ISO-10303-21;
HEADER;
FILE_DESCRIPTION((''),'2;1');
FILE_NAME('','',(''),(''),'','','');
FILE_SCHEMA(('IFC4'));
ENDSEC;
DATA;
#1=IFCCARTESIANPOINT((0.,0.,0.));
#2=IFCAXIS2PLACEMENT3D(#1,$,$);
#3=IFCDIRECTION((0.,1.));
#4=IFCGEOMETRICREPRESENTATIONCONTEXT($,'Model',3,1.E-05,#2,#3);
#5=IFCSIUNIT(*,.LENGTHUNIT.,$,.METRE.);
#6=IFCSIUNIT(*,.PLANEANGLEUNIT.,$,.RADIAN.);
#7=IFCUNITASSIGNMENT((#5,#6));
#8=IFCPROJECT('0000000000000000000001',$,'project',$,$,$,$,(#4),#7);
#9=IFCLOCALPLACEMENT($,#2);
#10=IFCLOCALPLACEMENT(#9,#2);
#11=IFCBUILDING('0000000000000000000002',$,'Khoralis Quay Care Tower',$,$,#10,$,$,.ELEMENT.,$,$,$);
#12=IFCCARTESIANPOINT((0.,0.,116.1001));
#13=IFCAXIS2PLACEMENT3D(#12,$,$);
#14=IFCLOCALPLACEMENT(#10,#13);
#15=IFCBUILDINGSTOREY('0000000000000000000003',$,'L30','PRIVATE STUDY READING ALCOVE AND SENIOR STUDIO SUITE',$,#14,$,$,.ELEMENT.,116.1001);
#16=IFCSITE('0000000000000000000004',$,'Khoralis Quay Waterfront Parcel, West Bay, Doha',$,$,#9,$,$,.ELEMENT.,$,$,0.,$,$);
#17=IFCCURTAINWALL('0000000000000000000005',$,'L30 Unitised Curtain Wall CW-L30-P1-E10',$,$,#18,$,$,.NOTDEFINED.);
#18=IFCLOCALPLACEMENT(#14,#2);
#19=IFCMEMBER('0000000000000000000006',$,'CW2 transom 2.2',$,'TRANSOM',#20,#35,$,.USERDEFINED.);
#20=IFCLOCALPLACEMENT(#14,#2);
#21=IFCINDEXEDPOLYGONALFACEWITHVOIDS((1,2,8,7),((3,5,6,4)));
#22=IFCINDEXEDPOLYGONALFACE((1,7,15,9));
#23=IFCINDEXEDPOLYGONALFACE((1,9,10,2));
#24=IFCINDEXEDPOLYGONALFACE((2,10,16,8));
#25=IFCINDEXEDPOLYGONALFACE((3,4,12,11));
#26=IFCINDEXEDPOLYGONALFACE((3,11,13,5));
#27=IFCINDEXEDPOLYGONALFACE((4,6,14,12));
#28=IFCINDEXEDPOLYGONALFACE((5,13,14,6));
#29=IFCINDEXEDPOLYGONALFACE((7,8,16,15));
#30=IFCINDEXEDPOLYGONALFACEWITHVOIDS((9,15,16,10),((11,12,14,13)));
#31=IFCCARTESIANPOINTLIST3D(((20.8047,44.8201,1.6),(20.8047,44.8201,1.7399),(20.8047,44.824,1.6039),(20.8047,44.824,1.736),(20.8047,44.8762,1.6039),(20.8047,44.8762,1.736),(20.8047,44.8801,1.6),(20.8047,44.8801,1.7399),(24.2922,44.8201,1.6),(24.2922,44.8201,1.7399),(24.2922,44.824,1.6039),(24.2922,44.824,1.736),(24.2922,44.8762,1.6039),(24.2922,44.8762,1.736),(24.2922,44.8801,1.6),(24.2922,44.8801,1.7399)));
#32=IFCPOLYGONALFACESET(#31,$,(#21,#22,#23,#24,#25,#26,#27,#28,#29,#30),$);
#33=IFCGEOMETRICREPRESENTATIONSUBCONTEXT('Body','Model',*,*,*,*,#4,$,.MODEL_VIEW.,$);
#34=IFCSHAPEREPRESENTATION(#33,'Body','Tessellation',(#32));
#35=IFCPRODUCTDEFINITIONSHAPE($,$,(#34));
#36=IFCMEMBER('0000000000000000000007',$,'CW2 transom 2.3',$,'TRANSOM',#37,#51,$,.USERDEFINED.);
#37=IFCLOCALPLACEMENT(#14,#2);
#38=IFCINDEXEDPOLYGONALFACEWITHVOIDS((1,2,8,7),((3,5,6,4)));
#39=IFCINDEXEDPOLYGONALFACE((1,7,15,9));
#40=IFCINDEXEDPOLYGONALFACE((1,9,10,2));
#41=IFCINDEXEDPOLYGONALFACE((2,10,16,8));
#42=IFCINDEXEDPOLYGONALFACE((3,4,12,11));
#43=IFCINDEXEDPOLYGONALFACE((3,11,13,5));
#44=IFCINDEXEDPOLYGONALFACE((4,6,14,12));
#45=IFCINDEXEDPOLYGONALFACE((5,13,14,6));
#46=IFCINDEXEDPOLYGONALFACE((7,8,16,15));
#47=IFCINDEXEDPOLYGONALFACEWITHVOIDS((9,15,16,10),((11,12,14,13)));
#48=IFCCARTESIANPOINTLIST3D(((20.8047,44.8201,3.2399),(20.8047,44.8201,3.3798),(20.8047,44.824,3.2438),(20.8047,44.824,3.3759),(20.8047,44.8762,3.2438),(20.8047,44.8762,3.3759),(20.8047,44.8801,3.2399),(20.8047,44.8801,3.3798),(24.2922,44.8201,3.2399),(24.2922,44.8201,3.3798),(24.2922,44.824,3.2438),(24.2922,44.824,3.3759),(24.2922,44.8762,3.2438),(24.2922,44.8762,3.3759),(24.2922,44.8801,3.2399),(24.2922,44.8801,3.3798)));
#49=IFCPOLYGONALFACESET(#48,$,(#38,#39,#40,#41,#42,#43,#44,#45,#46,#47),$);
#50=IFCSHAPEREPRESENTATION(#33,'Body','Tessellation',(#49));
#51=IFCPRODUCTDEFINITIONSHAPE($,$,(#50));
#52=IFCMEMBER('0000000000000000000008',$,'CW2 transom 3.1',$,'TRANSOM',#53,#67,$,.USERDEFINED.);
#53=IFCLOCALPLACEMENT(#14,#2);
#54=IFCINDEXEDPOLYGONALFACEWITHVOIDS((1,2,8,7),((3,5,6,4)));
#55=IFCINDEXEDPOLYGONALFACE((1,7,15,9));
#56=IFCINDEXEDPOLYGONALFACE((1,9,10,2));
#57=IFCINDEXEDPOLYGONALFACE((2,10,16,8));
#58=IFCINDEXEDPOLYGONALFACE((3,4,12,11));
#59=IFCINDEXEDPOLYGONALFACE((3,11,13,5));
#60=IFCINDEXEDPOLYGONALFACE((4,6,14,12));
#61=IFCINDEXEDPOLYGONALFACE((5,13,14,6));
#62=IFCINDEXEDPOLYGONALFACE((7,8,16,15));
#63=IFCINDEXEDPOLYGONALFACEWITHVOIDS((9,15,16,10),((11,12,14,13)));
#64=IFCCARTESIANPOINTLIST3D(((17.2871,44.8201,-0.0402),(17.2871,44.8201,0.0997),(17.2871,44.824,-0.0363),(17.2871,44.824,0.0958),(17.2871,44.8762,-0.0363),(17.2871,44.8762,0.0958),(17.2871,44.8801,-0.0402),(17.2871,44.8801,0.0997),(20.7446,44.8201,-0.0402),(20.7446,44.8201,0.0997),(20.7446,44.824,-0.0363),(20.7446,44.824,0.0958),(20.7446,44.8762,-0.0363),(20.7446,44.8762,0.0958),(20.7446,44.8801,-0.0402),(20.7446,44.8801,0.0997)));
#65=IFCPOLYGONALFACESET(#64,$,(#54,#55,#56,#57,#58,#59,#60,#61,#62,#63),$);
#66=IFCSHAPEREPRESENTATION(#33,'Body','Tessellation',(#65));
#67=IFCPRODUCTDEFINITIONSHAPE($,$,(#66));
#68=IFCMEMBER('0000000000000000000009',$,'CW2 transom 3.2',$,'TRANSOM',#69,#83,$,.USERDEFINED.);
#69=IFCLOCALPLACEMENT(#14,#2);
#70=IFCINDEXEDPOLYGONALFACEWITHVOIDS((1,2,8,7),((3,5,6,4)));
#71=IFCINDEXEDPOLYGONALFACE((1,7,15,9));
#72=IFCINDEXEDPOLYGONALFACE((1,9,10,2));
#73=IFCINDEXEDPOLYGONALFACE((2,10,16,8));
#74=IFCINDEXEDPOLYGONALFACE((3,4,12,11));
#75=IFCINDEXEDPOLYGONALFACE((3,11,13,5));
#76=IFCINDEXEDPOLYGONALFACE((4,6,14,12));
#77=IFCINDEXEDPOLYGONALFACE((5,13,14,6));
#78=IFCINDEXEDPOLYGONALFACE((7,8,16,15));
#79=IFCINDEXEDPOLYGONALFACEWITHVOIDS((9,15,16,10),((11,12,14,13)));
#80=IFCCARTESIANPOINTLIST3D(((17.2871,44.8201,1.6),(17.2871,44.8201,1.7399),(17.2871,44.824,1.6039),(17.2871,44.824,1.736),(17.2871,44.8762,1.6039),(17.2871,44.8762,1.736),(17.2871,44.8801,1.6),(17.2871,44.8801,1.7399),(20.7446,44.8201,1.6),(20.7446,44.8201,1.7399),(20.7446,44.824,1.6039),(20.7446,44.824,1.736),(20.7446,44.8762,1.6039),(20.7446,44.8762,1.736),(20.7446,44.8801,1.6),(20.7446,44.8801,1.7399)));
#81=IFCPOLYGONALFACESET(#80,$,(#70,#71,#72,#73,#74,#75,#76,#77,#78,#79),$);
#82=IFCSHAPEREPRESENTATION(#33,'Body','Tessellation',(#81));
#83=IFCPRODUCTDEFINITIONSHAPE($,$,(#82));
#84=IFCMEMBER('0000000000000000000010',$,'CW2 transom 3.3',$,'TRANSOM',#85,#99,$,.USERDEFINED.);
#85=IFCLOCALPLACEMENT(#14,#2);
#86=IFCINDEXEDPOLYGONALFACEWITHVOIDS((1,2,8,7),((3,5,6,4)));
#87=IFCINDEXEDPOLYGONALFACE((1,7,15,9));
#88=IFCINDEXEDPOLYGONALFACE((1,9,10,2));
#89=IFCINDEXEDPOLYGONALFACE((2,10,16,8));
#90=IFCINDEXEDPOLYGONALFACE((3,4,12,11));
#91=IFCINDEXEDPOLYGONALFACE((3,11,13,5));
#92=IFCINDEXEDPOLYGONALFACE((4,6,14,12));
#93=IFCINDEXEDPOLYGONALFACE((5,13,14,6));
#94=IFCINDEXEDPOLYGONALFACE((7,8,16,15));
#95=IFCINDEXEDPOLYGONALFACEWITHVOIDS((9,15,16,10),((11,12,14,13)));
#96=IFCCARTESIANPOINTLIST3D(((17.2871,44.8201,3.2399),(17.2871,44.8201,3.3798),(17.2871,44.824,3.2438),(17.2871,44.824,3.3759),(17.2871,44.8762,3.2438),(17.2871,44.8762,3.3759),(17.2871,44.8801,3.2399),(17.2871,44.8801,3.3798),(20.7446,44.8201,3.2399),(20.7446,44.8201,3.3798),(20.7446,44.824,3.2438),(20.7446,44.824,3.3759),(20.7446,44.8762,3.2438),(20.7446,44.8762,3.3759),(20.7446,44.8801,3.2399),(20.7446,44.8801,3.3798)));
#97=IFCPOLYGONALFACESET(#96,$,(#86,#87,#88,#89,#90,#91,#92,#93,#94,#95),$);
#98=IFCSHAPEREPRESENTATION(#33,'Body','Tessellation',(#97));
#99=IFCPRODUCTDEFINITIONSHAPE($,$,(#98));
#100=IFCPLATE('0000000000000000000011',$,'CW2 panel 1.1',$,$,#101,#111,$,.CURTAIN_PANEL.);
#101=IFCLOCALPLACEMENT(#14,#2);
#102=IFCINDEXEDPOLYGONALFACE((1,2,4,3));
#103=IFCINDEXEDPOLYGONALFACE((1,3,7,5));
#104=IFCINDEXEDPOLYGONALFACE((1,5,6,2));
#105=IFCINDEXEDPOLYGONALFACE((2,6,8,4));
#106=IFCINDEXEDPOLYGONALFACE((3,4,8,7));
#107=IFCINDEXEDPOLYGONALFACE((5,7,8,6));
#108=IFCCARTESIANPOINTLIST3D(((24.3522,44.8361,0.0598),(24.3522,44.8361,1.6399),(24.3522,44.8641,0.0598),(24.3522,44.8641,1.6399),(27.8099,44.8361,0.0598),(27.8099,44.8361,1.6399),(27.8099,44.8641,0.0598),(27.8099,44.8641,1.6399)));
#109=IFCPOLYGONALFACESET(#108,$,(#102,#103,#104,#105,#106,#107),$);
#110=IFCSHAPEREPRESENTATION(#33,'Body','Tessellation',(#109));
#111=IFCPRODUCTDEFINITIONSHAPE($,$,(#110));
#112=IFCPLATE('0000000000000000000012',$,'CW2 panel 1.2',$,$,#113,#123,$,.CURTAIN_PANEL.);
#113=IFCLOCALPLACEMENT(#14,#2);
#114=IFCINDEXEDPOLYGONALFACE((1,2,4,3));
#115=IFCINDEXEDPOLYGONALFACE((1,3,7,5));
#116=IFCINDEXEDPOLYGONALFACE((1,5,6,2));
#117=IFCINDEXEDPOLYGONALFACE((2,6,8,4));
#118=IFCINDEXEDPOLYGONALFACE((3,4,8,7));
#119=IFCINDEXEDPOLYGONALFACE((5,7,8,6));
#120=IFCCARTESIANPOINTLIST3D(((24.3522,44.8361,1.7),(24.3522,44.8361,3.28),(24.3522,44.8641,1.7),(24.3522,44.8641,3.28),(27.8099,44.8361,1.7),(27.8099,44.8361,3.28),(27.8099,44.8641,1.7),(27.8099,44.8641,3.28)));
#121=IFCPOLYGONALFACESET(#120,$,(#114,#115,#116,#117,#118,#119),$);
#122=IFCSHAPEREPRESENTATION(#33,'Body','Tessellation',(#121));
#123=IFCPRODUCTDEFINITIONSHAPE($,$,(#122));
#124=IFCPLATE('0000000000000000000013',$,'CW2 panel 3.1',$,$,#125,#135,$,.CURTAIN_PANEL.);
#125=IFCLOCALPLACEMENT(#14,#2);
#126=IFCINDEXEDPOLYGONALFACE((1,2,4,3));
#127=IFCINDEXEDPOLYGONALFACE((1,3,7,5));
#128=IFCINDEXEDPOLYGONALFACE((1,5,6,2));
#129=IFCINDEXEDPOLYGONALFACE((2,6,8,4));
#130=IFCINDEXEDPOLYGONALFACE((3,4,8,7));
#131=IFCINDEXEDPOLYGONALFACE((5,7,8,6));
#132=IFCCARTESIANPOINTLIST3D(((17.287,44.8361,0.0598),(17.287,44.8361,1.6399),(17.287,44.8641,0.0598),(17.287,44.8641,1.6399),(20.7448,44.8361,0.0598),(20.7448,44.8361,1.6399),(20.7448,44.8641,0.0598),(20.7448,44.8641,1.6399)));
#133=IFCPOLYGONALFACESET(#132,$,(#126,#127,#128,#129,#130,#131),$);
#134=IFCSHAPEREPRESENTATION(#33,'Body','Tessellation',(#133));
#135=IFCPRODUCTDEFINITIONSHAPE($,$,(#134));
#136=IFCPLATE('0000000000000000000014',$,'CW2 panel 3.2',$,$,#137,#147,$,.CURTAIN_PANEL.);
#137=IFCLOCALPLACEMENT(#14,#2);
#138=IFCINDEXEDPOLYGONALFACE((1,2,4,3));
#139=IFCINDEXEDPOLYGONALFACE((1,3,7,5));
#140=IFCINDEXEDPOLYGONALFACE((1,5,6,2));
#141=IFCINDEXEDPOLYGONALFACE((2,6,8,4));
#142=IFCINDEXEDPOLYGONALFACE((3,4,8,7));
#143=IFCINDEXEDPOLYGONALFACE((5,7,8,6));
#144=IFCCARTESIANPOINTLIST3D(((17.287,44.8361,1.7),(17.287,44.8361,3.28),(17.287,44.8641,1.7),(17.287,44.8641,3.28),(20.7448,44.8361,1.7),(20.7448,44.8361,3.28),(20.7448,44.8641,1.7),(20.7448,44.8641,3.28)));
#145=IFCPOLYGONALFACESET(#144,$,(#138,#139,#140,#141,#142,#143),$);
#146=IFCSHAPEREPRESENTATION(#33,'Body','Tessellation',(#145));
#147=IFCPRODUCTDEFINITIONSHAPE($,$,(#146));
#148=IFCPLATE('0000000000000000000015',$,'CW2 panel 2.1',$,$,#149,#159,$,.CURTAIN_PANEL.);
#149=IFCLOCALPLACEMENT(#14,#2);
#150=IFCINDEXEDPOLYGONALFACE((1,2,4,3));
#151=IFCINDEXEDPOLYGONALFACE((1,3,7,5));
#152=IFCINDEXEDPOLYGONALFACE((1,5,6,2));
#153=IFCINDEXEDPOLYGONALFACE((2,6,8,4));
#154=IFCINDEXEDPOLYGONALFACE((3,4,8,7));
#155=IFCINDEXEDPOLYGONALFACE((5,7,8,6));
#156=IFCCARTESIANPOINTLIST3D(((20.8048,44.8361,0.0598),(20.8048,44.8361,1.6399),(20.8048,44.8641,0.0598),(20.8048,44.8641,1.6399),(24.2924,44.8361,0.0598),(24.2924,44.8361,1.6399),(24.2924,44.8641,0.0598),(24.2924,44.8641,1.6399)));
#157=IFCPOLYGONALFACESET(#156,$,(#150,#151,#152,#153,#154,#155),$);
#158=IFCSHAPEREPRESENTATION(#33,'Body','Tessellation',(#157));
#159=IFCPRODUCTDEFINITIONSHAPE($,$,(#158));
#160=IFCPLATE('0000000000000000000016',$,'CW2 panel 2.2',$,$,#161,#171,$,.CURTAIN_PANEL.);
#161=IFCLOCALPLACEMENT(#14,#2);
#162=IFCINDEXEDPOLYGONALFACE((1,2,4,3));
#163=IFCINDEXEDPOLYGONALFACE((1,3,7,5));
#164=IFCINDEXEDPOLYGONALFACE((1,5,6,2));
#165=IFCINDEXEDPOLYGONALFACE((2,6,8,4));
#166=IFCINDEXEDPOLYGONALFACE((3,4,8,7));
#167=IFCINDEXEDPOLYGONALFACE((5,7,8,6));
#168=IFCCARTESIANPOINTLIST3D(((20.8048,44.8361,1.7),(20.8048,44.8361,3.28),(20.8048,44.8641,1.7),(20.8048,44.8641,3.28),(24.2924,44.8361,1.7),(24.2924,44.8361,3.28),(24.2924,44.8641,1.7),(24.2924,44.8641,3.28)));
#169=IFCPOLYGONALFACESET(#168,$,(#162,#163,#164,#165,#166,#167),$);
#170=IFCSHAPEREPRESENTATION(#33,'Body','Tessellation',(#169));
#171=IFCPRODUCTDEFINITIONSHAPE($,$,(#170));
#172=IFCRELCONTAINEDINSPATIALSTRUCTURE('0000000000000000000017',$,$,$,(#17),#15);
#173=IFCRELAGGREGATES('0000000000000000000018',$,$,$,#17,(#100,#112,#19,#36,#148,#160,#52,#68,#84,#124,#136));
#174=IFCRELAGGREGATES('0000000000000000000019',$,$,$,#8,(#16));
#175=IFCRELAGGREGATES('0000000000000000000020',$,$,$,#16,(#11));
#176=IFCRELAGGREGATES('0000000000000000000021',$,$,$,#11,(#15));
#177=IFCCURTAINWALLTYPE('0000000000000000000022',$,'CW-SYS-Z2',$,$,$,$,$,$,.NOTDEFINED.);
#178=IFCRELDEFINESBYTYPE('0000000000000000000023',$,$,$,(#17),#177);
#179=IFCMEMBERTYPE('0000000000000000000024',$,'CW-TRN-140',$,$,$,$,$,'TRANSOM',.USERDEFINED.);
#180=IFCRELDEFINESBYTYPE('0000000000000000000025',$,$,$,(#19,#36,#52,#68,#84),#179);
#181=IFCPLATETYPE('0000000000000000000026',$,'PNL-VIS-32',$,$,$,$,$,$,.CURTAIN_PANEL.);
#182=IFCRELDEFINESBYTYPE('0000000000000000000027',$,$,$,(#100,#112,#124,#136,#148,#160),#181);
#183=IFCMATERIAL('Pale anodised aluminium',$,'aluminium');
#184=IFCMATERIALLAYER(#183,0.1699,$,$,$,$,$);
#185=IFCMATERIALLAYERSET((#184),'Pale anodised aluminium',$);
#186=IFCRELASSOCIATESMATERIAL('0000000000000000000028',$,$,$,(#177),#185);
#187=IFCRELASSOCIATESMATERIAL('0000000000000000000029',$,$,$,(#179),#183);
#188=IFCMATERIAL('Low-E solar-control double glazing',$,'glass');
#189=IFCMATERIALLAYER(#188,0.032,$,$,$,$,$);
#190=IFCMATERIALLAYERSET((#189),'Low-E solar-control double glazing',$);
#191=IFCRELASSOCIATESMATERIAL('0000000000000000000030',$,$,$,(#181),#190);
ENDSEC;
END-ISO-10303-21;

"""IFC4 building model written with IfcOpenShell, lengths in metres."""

from ifc_helpers import new_model, si_unit, direction, frame, origin, origin_2d, place, context, subcontext, project, spatial, rectangle, hollow_rectangle, extrude, source, transform, mapped, material, layer, layer_set, material_profile, profile_set, type_object, element, aggregate, save


model = new_model("IFC4")

# Units and contexts
model_context = context("Model", 3, precision=1e-05, world=origin(), true_north=direction((0.0, 1.0)))
body_context = subcontext(model_context, "Body", "Model", "MODEL_VIEW")
ifc_project = project(units=[si_unit("LENGTHUNIT", "METRE"), si_unit("PLANEANGLEUNIT", "RADIAN")], contexts=[model_context])

# Site, building, storey
site_placement = place(None, origin())
site = spatial("IfcSite", under=ifc_project, at=site_placement, Name="Khoralis Quay Waterfront Parcel, West Bay, Doha", CompositionType="ELEMENT", RefElevation=0.0)
building_placement = place(site_placement, origin())
building = spatial("IfcBuilding", under=site, at=building_placement, Name="Khoralis Quay Care Tower", CompositionType="ELEMENT")
storey_placement = place(building_placement, frame((0.0, 0.0, 116.1001)))
storey = spatial("IfcBuildingStorey", under=building, at=storey_placement, Name="L30", Description="PRIVATE STUDY READING ALCOVE AND SENIOR STUDIO SUITE", CompositionType="ELEMENT", Elevation=116.1001)

# Curtain wall, members, plates
ifc_material_1 = material(Name="Pale anodised aluminium", Category="aluminium")
ifc_layer_1 = layer(ifc_material_1, 0.1699)
ifc_layer_set_1 = layer_set([ifc_layer_1], Name="Pale anodised aluminium")
curtain_wall_type = type_object("IfcCurtainWallType", Name="CW-SYS-Z2", PredefinedType="NOTDEFINED", material=ifc_layer_set_1)
curtain_wall_placement = place(storey_placement, origin())
curtain_wall = element("IfcCurtainWall", 1, at=curtain_wall_placement, inside=storey, type_object=curtain_wall_type, Name="L30 Unitised Curtain Wall CW-L30-P1-E10", PredefinedType="NOTDEFINED")
ifc_material_profile_1 = material_profile(ifc_material_1, hollow_rectangle(XDim=0.0601, YDim=0.1399, WallThickness=0.0039, at=origin_2d()), Name="Pale anodised aluminium")
ifc_profile_set_1 = profile_set([ifc_material_profile_1], Name="Pale anodised aluminium")
member_type_1 = type_object("IfcMemberType", Name="CW-TRN-140", ElementType="TRANSOM", PredefinedType="USERDEFINED", material=ifc_profile_set_1)
shared_shape_1 = source(origin(), body_context, "Body", "SweptSolid", [
    extrude(hollow_rectangle(XDim=0.0601, YDim=0.1399, WallThickness=0.0039, at=origin_2d()), origin(), (0.0, 0.0, 1.0), 3.4875),
])
member_1_placement = place(storey_placement, frame((24.2922, 44.8501, 1.6699), z_axis=(-1.0, 0.0, 0.0), x_axis=(0.0, -1.0, 0.0)))
member_1 = element("IfcMember", 2, at=member_1_placement, type_object=member_type_1, Name="CW2 transom 2.2", ObjectType="TRANSOM", PredefinedType="USERDEFINED", context=body_context, shape_type="MappedRepresentation", body=[
    mapped(shared_shape_1, transform((0.0, 0.0, 0.0), scale=1.0)),
])
member_2_placement = place(storey_placement, frame((24.2922, 44.8501, 3.3098), z_axis=(-1.0, 0.0, 0.0), x_axis=(0.0, -1.0, 0.0)))
member_2 = element("IfcMember", 3, at=member_2_placement, type_object=member_type_1, Name="CW2 transom 2.3", ObjectType="TRANSOM", PredefinedType="USERDEFINED", context=body_context, shape_type="MappedRepresentation", body=[
    mapped(shared_shape_1, transform((0.0, 0.0, 0.0), scale=1.0)),
])
shared_shape_2 = source(origin(), body_context, "Body", "SweptSolid", [
    extrude(hollow_rectangle(XDim=0.0601, YDim=0.1399, WallThickness=0.0039, at=origin_2d()), origin(), (0.0, 0.0, 1.0), 3.4575),
])
member_3_placement = place(storey_placement, frame((20.7446, 44.8501, 0.0298), z_axis=(-1.0, 0.0, 0.0), x_axis=(0.0, -1.0, 0.0)))
member_3 = element("IfcMember", 4, at=member_3_placement, type_object=member_type_1, Name="CW2 transom 3.1", ObjectType="TRANSOM", PredefinedType="USERDEFINED", context=body_context, shape_type="MappedRepresentation", body=[
    mapped(shared_shape_2, transform((0.0, 0.0, 0.0), scale=1.0)),
])
member_4_placement = place(storey_placement, frame((20.7446, 44.8501, 1.6699), z_axis=(-1.0, 0.0, 0.0), x_axis=(0.0, -1.0, 0.0)))
member_4 = element("IfcMember", 5, at=member_4_placement, type_object=member_type_1, Name="CW2 transom 3.2", ObjectType="TRANSOM", PredefinedType="USERDEFINED", context=body_context, shape_type="MappedRepresentation", body=[
    mapped(shared_shape_2, transform((0.0, 0.0, 0.0), scale=1.0)),
])
member_5_placement = place(storey_placement, frame((20.7446, 44.8501, 3.3098), z_axis=(-1.0, 0.0, 0.0), x_axis=(0.0, -1.0, 0.0)))
member_5 = element("IfcMember", 6, at=member_5_placement, type_object=member_type_1, Name="CW2 transom 3.3", ObjectType="TRANSOM", PredefinedType="USERDEFINED", context=body_context, shape_type="MappedRepresentation", body=[
    mapped(shared_shape_2, transform((0.0, 0.0, 0.0), scale=1.0)),
])
ifc_material_2 = material(Name="Low-E solar-control double glazing", Category="glass")
ifc_layer_2 = layer(ifc_material_2, 0.032)
ifc_layer_set_2 = layer_set([ifc_layer_2], Name="Low-E solar-control double glazing")
plate_type = type_object("IfcPlateType", Name="PNL-VIS-32", PredefinedType="CURTAIN_PANEL", material=ifc_layer_set_2)
shared_shape_3 = source(origin(), body_context, "Body", "SweptSolid", [
    extrude(rectangle(XDim=3.4578, YDim=0.0281, at=origin_2d()), origin(), (0.0, 0.0, 1.0), 1.5801),
])
plate_1_placement = place(storey_placement, frame((26.0811, 44.8501, 0.0598), z_axis=(0.0, 0.0, 1.0), x_axis=(-1.0, 0.0, 0.0)))
plate_1 = element("IfcPlate", 7, at=plate_1_placement, type_object=plate_type, Name="CW2 panel 1.1", PredefinedType="CURTAIN_PANEL", context=body_context, shape_type="MappedRepresentation", body=[
    mapped(shared_shape_3, transform((0.0, 0.0, 0.0), scale=1.0)),
])
plate_2_placement = place(storey_placement, frame((26.0811, 44.8501, 1.7), z_axis=(0.0, 0.0, 1.0), x_axis=(-1.0, 0.0, 0.0)))
plate_2 = element("IfcPlate", 8, at=plate_2_placement, type_object=plate_type, Name="CW2 panel 1.2", PredefinedType="CURTAIN_PANEL", context=body_context, shape_type="MappedRepresentation", body=[
    mapped(shared_shape_3, transform((0.0, 0.0, 0.0), scale=1.0)),
])
plate_3_placement = place(storey_placement, frame((19.0159, 44.8501, 0.0598), z_axis=(0.0, 0.0, 1.0), x_axis=(-1.0, 0.0, 0.0)))
plate_3 = element("IfcPlate", 9, at=plate_3_placement, type_object=plate_type, Name="CW2 panel 3.1", PredefinedType="CURTAIN_PANEL", context=body_context, shape_type="MappedRepresentation", body=[
    mapped(shared_shape_3, transform((0.0, 0.0, 0.0), scale=1.0)),
])
plate_4_placement = place(storey_placement, frame((19.0159, 44.8501, 1.7), z_axis=(0.0, 0.0, 1.0), x_axis=(-1.0, 0.0, 0.0)))
plate_4 = element("IfcPlate", 10, at=plate_4_placement, type_object=plate_type, Name="CW2 panel 3.2", PredefinedType="CURTAIN_PANEL", context=body_context, shape_type="MappedRepresentation", body=[
    mapped(shared_shape_3, transform((0.0, 0.0, 0.0), scale=1.0)),
])
shared_shape_4 = source(origin(), body_context, "Body", "SweptSolid", [
    extrude(rectangle(XDim=3.4875, YDim=0.0281, at=origin_2d()), origin(), (0.0, 0.0, 1.0), 1.5801),
])
plate_5_placement = place(storey_placement, frame((22.5486, 44.8501, 0.0598), z_axis=(0.0, 0.0, 1.0), x_axis=(-1.0, 0.0, 0.0)))
plate_5 = element("IfcPlate", 11, at=plate_5_placement, type_object=plate_type, Name="CW2 panel 2.1", PredefinedType="CURTAIN_PANEL", context=body_context, shape_type="MappedRepresentation", body=[
    mapped(shared_shape_4, transform((0.0, 0.0, 0.0), scale=1.0)),
])
plate_6_placement = place(storey_placement, frame((22.5486, 44.8501, 1.7), z_axis=(0.0, 0.0, 1.0), x_axis=(-1.0, 0.0, 0.0)))
plate_6 = element("IfcPlate", 12, at=plate_6_placement, type_object=plate_type, Name="CW2 panel 2.2", PredefinedType="CURTAIN_PANEL", context=body_context, shape_type="MappedRepresentation", body=[
    mapped(shared_shape_4, transform((0.0, 0.0, 0.0), scale=1.0)),
])
aggregate(curtain_wall, [plate_1, plate_2, member_1, member_2, plate_5, plate_6, member_3, member_4, member_5, plate_3, plate_4])

save(model, "model.ifc")
